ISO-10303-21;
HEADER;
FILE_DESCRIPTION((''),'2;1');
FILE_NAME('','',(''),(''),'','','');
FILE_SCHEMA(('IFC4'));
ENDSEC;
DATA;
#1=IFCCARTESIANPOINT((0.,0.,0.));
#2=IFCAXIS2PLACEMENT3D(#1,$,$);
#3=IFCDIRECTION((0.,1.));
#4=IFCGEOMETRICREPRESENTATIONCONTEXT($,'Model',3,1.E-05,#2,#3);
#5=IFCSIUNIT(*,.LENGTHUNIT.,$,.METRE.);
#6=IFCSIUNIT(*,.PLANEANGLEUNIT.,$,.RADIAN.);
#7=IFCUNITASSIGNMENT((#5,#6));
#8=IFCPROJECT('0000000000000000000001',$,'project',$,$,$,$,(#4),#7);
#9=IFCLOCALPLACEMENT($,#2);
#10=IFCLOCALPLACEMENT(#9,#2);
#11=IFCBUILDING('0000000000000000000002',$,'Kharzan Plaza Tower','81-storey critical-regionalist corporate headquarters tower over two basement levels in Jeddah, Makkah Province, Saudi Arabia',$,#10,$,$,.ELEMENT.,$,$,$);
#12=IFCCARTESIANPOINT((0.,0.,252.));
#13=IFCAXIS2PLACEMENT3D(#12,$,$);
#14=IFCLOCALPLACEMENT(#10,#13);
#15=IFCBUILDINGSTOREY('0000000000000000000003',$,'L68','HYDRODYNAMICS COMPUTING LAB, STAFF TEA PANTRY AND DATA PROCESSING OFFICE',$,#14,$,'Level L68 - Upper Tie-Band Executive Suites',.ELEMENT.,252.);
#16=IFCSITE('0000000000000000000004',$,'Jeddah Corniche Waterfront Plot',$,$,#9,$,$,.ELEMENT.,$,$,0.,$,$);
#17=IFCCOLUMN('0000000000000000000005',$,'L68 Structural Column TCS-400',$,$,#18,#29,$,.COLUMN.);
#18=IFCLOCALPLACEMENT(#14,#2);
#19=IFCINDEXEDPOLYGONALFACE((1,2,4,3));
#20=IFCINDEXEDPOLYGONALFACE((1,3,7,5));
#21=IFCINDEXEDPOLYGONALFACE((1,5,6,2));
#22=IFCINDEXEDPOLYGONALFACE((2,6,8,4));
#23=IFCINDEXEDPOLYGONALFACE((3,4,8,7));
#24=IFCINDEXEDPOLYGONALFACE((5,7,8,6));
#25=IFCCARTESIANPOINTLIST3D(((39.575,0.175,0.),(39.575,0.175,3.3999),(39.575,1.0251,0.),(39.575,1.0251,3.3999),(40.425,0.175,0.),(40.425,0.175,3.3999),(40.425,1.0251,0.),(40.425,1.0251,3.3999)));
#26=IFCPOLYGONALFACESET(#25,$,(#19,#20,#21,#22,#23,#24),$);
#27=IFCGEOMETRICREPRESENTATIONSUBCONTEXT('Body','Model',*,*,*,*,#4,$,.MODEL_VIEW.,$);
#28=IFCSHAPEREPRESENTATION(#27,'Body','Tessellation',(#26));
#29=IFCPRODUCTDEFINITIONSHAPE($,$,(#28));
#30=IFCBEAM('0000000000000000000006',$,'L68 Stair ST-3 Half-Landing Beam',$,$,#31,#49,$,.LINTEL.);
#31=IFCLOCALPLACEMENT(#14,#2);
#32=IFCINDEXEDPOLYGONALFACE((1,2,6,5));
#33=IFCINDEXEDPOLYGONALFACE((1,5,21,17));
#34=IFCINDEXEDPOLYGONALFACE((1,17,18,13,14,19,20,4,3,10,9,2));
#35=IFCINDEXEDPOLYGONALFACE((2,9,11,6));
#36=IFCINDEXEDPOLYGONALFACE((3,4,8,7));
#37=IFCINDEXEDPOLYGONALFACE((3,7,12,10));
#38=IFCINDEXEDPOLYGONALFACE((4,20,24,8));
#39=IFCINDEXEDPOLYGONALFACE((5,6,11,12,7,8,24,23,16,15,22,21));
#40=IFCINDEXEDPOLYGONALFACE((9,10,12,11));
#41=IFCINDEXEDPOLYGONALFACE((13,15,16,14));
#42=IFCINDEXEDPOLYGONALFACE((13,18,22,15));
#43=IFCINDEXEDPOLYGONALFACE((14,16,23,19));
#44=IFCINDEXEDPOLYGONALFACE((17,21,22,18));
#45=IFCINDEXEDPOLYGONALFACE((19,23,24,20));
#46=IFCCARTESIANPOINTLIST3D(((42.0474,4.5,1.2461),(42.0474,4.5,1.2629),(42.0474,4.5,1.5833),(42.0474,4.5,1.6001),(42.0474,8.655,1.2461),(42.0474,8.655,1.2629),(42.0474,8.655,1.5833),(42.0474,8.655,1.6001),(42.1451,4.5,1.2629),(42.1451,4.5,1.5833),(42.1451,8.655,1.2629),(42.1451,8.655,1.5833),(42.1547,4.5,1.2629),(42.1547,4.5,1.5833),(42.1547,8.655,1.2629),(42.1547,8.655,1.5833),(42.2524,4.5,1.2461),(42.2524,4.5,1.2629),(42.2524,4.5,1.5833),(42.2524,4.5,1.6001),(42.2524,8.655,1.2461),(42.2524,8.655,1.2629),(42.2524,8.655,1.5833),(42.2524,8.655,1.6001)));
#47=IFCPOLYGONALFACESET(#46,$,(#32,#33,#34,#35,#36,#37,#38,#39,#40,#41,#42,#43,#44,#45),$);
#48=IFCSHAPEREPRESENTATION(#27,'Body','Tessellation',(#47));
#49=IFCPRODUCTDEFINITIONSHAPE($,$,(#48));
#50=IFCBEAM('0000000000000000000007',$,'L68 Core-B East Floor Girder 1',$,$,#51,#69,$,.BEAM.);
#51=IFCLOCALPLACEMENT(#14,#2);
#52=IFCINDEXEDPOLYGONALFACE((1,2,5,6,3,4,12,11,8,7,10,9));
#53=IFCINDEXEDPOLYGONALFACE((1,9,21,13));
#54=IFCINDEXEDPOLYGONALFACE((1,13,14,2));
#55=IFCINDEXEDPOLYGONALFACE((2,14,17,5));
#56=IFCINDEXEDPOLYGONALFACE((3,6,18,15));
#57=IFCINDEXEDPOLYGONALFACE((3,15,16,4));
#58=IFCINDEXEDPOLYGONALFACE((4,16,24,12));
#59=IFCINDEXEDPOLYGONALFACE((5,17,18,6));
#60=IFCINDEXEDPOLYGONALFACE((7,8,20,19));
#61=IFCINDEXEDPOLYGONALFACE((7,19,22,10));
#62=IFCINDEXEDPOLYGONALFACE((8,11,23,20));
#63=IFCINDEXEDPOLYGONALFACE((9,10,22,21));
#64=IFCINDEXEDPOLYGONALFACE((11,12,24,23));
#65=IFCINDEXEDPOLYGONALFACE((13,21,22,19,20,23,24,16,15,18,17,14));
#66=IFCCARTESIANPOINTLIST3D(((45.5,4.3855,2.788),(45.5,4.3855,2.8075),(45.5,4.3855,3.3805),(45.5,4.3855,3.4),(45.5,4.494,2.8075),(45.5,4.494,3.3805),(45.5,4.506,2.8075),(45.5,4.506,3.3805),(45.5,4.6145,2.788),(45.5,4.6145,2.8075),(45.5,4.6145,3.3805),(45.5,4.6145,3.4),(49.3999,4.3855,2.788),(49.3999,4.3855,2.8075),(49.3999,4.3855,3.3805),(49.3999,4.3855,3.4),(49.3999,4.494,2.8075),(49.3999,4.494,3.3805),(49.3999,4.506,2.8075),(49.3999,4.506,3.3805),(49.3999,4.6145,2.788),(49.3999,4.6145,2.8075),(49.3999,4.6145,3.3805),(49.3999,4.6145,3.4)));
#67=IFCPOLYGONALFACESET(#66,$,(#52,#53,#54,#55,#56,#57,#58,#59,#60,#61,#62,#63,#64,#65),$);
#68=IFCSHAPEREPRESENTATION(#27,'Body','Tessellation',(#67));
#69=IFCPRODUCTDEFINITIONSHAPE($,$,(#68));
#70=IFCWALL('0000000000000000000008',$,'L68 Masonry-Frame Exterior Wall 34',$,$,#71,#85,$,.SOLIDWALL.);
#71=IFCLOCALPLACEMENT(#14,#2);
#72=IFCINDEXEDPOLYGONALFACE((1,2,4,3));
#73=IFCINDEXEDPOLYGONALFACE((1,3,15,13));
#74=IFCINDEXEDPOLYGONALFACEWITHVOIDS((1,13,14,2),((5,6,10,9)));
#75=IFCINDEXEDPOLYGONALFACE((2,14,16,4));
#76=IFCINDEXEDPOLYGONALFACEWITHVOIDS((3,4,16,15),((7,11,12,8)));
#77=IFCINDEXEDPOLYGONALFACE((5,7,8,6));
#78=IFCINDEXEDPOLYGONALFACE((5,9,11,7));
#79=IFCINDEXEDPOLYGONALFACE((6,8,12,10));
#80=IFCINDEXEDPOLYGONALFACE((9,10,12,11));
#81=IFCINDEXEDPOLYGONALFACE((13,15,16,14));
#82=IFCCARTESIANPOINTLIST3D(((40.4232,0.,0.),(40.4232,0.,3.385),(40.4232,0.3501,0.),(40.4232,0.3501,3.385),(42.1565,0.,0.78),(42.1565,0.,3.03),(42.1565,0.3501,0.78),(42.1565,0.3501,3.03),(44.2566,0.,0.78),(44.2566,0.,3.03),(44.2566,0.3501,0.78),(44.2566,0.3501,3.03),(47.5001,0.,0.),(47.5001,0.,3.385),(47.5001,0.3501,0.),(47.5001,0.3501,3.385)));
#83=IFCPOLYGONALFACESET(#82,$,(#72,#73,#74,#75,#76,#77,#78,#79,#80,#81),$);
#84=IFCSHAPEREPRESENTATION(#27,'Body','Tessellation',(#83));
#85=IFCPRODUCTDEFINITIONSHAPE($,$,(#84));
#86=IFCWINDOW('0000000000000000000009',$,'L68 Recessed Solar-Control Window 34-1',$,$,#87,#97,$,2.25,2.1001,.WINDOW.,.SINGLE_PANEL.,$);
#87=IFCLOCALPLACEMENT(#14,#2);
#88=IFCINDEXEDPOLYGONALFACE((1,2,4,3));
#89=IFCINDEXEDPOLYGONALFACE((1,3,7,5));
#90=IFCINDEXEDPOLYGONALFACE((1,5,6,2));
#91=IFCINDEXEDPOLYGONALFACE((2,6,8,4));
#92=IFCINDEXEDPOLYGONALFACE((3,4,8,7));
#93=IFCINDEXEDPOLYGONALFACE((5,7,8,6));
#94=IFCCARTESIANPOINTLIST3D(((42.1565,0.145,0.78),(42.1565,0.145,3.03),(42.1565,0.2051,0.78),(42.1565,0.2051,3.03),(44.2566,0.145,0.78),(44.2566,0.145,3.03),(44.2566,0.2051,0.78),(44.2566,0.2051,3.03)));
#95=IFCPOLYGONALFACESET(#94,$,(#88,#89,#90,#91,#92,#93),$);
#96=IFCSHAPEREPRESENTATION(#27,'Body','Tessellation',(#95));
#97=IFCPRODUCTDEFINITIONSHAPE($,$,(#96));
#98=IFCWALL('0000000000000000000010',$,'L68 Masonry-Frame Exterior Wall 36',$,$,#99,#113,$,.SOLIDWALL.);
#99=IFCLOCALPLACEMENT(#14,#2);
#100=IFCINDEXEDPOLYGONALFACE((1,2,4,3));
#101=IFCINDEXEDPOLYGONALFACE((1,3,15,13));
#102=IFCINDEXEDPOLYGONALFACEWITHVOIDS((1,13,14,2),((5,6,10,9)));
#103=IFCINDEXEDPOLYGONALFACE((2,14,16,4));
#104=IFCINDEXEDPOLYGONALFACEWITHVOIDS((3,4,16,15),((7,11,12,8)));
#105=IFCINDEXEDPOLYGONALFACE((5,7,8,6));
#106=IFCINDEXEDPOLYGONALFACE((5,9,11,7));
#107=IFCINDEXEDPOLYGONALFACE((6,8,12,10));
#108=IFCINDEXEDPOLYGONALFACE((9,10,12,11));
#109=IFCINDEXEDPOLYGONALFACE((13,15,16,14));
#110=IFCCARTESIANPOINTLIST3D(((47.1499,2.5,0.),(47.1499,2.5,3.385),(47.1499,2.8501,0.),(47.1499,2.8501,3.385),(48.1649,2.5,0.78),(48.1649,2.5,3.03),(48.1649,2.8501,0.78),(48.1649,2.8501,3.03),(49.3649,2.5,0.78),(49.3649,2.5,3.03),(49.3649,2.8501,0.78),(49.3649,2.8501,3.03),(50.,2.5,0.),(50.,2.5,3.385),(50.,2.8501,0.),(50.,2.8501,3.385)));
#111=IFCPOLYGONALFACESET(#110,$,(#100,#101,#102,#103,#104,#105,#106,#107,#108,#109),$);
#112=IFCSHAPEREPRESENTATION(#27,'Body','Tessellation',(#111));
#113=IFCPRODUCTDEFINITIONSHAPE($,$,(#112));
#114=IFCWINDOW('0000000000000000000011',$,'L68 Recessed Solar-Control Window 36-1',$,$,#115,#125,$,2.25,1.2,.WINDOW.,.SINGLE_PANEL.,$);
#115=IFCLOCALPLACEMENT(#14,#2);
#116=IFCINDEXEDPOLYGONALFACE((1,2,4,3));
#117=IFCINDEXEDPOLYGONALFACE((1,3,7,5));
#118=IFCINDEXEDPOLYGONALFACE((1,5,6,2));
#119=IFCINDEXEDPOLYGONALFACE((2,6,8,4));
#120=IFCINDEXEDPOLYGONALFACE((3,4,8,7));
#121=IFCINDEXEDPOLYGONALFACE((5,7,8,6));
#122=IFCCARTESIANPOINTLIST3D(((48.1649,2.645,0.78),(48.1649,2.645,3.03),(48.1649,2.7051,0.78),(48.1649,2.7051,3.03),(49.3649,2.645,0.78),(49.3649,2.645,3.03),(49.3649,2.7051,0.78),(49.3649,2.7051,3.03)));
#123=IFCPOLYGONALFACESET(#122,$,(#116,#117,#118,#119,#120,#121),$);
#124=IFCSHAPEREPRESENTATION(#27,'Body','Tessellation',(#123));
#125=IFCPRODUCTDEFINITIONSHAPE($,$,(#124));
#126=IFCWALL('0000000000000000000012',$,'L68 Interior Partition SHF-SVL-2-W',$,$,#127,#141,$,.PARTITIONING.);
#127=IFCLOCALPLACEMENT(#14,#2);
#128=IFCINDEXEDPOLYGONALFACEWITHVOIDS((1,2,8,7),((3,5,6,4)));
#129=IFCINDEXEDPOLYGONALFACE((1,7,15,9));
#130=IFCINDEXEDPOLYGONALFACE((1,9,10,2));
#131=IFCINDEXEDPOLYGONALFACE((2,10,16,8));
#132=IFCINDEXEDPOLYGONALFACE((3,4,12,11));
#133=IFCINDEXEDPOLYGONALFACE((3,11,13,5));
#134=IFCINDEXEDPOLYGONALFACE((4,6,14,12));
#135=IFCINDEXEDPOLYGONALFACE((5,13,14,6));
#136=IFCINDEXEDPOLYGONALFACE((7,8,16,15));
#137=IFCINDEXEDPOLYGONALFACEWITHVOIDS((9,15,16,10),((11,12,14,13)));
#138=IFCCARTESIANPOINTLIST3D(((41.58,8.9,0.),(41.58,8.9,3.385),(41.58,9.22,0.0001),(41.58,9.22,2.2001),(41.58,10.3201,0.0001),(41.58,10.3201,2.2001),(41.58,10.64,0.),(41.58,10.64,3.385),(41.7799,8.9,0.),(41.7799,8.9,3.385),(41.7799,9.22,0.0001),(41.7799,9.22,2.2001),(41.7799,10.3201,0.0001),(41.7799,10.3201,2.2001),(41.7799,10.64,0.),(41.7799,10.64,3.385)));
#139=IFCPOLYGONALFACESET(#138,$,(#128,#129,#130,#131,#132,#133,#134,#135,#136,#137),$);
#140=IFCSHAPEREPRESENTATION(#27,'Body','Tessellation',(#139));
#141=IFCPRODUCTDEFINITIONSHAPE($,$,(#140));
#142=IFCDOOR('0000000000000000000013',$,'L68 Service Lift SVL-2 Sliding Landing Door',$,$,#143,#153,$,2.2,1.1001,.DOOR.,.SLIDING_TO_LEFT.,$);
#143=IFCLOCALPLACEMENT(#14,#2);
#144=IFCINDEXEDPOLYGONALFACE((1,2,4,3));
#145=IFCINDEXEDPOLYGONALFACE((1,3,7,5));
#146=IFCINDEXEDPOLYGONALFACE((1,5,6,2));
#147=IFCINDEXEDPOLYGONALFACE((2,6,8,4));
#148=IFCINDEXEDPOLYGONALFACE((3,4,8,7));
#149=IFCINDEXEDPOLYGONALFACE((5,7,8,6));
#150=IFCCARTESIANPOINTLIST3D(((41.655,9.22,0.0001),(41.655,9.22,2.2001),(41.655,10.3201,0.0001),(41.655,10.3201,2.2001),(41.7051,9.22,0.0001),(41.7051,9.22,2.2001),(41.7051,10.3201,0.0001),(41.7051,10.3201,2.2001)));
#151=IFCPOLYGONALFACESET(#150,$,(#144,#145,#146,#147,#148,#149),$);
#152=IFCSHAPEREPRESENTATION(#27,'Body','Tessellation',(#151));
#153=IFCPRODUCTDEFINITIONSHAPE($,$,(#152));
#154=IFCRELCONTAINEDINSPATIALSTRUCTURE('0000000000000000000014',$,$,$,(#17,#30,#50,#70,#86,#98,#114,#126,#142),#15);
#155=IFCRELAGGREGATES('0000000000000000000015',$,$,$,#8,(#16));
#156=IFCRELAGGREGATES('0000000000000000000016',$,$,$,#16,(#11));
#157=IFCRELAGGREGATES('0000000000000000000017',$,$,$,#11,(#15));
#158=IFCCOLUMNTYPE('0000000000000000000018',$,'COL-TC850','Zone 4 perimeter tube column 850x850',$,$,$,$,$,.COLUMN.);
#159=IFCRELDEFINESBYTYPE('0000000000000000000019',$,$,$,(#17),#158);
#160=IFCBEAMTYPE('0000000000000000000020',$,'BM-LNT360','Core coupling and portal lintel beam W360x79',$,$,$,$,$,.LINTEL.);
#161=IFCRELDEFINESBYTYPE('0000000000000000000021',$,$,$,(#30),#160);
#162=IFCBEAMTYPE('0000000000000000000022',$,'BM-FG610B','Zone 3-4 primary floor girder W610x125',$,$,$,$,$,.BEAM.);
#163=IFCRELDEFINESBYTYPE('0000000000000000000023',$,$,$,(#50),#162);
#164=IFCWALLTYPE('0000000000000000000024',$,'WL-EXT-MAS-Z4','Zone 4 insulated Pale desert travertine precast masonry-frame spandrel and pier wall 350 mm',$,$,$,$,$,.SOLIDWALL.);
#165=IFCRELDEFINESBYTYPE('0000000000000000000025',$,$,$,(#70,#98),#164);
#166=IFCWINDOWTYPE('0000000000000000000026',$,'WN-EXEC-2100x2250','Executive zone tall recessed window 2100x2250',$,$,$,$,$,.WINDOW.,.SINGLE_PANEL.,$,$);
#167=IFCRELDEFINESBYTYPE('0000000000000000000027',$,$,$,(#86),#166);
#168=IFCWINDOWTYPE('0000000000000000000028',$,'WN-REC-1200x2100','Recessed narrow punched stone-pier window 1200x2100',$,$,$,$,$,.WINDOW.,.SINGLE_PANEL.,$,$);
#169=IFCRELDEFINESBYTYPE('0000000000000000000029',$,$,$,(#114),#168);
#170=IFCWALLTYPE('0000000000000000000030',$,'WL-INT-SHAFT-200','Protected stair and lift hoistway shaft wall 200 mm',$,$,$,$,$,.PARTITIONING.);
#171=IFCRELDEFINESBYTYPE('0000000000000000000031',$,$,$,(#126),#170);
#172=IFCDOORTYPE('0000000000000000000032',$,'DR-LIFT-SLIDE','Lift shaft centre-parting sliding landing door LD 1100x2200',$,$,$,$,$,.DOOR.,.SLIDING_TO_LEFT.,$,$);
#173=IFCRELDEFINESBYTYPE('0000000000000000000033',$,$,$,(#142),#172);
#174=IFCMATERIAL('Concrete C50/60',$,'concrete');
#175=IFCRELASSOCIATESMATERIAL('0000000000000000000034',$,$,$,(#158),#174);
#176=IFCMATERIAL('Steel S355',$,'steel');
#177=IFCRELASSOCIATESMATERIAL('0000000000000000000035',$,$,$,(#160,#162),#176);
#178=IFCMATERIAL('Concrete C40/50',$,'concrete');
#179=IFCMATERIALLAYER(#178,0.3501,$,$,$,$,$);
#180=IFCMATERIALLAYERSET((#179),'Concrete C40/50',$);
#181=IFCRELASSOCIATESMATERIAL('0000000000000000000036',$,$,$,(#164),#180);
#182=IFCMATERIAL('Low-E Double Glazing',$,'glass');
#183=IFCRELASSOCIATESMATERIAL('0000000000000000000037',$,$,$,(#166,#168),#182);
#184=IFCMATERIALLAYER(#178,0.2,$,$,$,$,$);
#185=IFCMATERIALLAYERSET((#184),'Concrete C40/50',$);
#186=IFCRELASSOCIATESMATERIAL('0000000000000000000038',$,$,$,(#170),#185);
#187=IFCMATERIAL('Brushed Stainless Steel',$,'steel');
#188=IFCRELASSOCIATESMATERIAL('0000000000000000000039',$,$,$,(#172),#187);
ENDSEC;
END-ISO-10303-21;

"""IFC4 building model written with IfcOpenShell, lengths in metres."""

from ifc_helpers import new_model, si_unit, direction, frame, frame_2d, origin, origin_2d, place, context, subcontext, project, spatial, rectangle, i_section, extrude, source, transform, mapped, material, layer, layer_set, material_profile, profile_set, type_object, element, fill, save


model = new_model("IFC4")

# Units and contexts
model_context = context("Model", 3, precision=1e-05, world=origin(), true_north=direction((0.0, 1.0)))
body_context = subcontext(model_context, "Body", "Model", "MODEL_VIEW")
ifc_project = project(units=[si_unit("LENGTHUNIT", "METRE"), si_unit("PLANEANGLEUNIT", "RADIAN")], contexts=[model_context])

# Site, building, storey
site_placement = place(None, origin())
site = spatial("IfcSite", under=ifc_project, at=site_placement, Name="Jeddah Corniche Waterfront Plot", CompositionType="ELEMENT", RefElevation=0.0)
building_placement = place(site_placement, origin())
building = spatial("IfcBuilding", under=site, at=building_placement, Name="Kharzan Plaza Tower", Description="81-storey critical-regionalist corporate headquarters tower over two basement levels in Jeddah, Makkah Province, Saudi Arabia", CompositionType="ELEMENT")
storey_placement = place(building_placement, frame((0.0, 0.0, 252.0)))
storey = spatial("IfcBuildingStorey", under=building, at=storey_placement, Name="L68", Description="HYDRODYNAMICS COMPUTING LAB, STAFF TEA PANTRY AND DATA PROCESSING OFFICE", LongName="Level L68 - Upper Tie-Band Executive Suites", CompositionType="ELEMENT", Elevation=252.0)

# Column
ifc_material_1 = material(Name="Concrete C50/60", Category="concrete")
ifc_material_profile_1 = material_profile(ifc_material_1, rectangle(XDim=0.8501, YDim=0.8501, at=origin_2d()), Name="RC-TC850x850")
ifc_profile_set_1 = profile_set([ifc_material_profile_1], Name="Concrete C50/60")
column_type = type_object("IfcColumnType", Name="COL-TC850", Description="Zone 4 perimeter tube column 850x850", PredefinedType="COLUMN", material=ifc_profile_set_1)
shared_shape_1 = source(origin(), body_context, "Body", "SweptSolid", [
    extrude(rectangle(XDim=0.8501, YDim=0.8501, at=origin_2d()), origin(), (0.0, 0.0, 1.0), 3.3999),
])
column_placement = place(storey_placement, frame((40.0, 0.6001, 0.0), z_axis=(0.0, 0.0, 1.0), x_axis=(1.0, 0.0, 0.0)))
element("IfcColumn", 1, at=column_placement, inside=storey, type_object=column_type, Name="L68 Structural Column TCS-400", PredefinedType="COLUMN", context=body_context, shape_type="MappedRepresentation", body=[
    mapped(shared_shape_1, transform((0.0, 0.0, 0.0), x_axis=(1.0, 0.0, 0.0), y_axis=(0.0, 1.0, 0.0), z_axis=(0.0, 0.0, 1.0))),
])

# Beams
ifc_material_2 = material(Name="Steel S355", Category="steel")
ifc_material_profile_2 = material_profile(ifc_material_2, i_section(OverallWidth=0.2051, OverallDepth=0.354, WebThickness=0.0095, FlangeThickness=0.0168, at=origin_2d()), Name="W360x79")
ifc_profile_set_2 = profile_set([ifc_material_profile_2], Name="Steel S355")
beam_type_1 = type_object("IfcBeamType", Name="BM-LNT360", Description="Core coupling and portal lintel beam W360x79", PredefinedType="LINTEL", material=ifc_profile_set_2)
shared_shape_2 = source(origin(), body_context, "Body", "SweptSolid", [
    extrude(i_section(OverallWidth=0.2051, OverallDepth=0.354, WebThickness=0.0095, FlangeThickness=0.0168, at=origin_2d()), origin(), (0.0, 0.0, 1.0), 4.155),
])
beam_1_placement = place(storey_placement, frame((42.1499, 4.5, 1.4231), z_axis=(0.0, 1.0, 0.0), x_axis=(-1.0, 0.0, 0.0)))
element("IfcBeam", 2, at=beam_1_placement, inside=storey, type_object=beam_type_1, Name="L68 Stair ST-3 Half-Landing Beam", PredefinedType="LINTEL", context=body_context, shape_type="MappedRepresentation", body=[
    mapped(shared_shape_2, transform((0.0, 0.0, 0.0), x_axis=(1.0, 0.0, 0.0), y_axis=(0.0, 1.0, 0.0), z_axis=(0.0, 0.0, 1.0))),
])
ifc_material_profile_3 = material_profile(ifc_material_2, i_section(OverallWidth=0.229, OverallDepth=0.6121, WebThickness=0.012, FlangeThickness=0.0195, at=origin_2d()), Name="W610x125")
ifc_profile_set_3 = profile_set([ifc_material_profile_3], Name="Steel S355")
beam_type_2 = type_object("IfcBeamType", Name="BM-FG610B", Description="Zone 3-4 primary floor girder W610x125", PredefinedType="BEAM", material=ifc_profile_set_3)
shared_shape_3 = source(origin(), body_context, "Body", "SweptSolid", [
    extrude(i_section(OverallWidth=0.229, OverallDepth=0.6121, WebThickness=0.012, FlangeThickness=0.0195, at=origin_2d()), origin(), (0.0, 0.0, 1.0), 3.8999),
])
beam_2_placement = place(storey_placement, frame((45.5, 4.5, 3.094), z_axis=(1.0, 0.0, 0.0), x_axis=(0.0, 1.0, 0.0)))
element("IfcBeam", 3, at=beam_2_placement, inside=storey, type_object=beam_type_2, Name="L68 Core-B East Floor Girder 1", PredefinedType="BEAM", context=body_context, shape_type="MappedRepresentation", body=[
    mapped(shared_shape_3, transform((0.0, 0.0, 0.0), x_axis=(1.0, 0.0, 0.0), y_axis=(0.0, 1.0, 0.0), z_axis=(0.0, 0.0, 1.0))),
])

# Walls, openings, windows
ifc_material_3 = material(Name="Concrete C40/50", Category="concrete")
ifc_layer_1 = layer(ifc_material_3, 0.3501)
ifc_layer_set_1 = layer_set([ifc_layer_1], Name="Concrete C40/50")
wall_type_1 = type_object("IfcWallType", Name="WL-EXT-MAS-Z4", Description="Zone 4 insulated Pale desert travertine precast masonry-frame spandrel and pier wall 350 mm", PredefinedType="SOLIDWALL", material=ifc_layer_set_1)
wall_1_placement = place(storey_placement, frame((40.4231, 0.175, 0.0), z_axis=(0.0, 0.0, 1.0), x_axis=(1.0, 0.0, 0.0)))
wall_1 = element("IfcWall", 4, at=wall_1_placement, inside=storey, type_object=wall_type_1, Name="L68 Masonry-Frame Exterior Wall 34", PredefinedType="SOLIDWALL", context=body_context, shape_type="SweptSolid", body=[
    extrude(rectangle(XDim=7.0769, YDim=0.3501, at=frame_2d((3.5386, 0.0))), origin(), (0.0, 0.0, 1.0), 3.385),
])
opening_1_placement = place(wall_1_placement, frame((1.7334, 0.0, 0.78)))
opening_1 = element("IfcOpeningElement", 5, at=opening_1_placement, cuts=wall_1, PredefinedType="OPENING", context=body_context, shape_type="SweptSolid", body=[
    extrude(rectangle(XDim=2.1001, YDim=2.25, at=frame_2d((1.05, 1.125))), frame((0.0, 0.1851, 0.0), z_axis=(0.0, -1.0, 0.0), x_axis=(1.0, 0.0, 0.0)), (0.0, 0.0, 1.0), 0.3701),
])
ifc_material_4 = material(Name="Low-E Double Glazing", Category="glass")
window_type_1 = type_object("IfcWindowType", Name="WN-EXEC-2100x2250", Description="Executive zone tall recessed window 2100x2250", PartitioningType="SINGLE_PANEL", PredefinedType="WINDOW", material=ifc_material_4)
shared_shape_4 = source(origin(), body_context, "Body", "SweptSolid", [
    extrude(rectangle(XDim=2.1001, YDim=2.25, at=frame_2d((1.05, 1.125))), frame((0.0, 0.03, 0.0), z_axis=(0.0, -1.0, 0.0), x_axis=(1.0, 0.0, 0.0)), (0.0, 0.0, 1.0), 0.0601),
])
window_1_placement = place(opening_1_placement, origin())
window_1 = element("IfcWindow", 6, at=window_1_placement, inside=storey, type_object=window_type_1, Name="L68 Recessed Solar-Control Window 34-1", OverallHeight=2.25, OverallWidth=2.1001, PartitioningType="SINGLE_PANEL", PredefinedType="WINDOW", context=body_context, shape_type="MappedRepresentation", body=[
    mapped(shared_shape_4, transform((0.0, 0.0, 0.0), x_axis=(1.0, 0.0, 0.0), y_axis=(0.0, 1.0, 0.0), z_axis=(0.0, 0.0, 1.0))),
])
fill(opening_1, window_1)
wall_2_placement = place(storey_placement, frame((47.1499, 2.675, 0.0), z_axis=(0.0, 0.0, 1.0), x_axis=(1.0, 0.0, 0.0)))
wall_2 = element("IfcWall", 7, at=wall_2_placement, inside=storey, type_object=wall_type_1, Name="L68 Masonry-Frame Exterior Wall 36", PredefinedType="SOLIDWALL", context=body_context, shape_type="SweptSolid", body=[
    extrude(rectangle(XDim=2.8501, YDim=0.3501, at=frame_2d((1.425, 0.0))), origin(), (0.0, 0.0, 1.0), 3.385),
])
opening_2_placement = place(wall_2_placement, frame((1.0149, 0.0, 0.78)))
opening_2 = element("IfcOpeningElement", 8, at=opening_2_placement, cuts=wall_2, PredefinedType="OPENING", context=body_context, shape_type="SweptSolid", body=[
    extrude(rectangle(XDim=1.2, YDim=2.25, at=frame_2d((0.6001, 1.125))), frame((0.0, 0.1851, 0.0), z_axis=(0.0, -1.0, 0.0), x_axis=(1.0, 0.0, 0.0)), (0.0, 0.0, 1.0), 0.3701),
])
window_type_2 = type_object("IfcWindowType", Name="WN-REC-1200x2100", Description="Recessed narrow punched stone-pier window 1200x2100", PartitioningType="SINGLE_PANEL", PredefinedType="WINDOW", material=ifc_material_4)
shared_shape_5 = source(origin(), body_context, "Body", "SweptSolid", [
    extrude(rectangle(XDim=1.2, YDim=2.25, at=frame_2d((0.6001, 1.125))), frame((0.0, 0.03, 0.0), z_axis=(0.0, -1.0, 0.0), x_axis=(1.0, 0.0, 0.0)), (0.0, 0.0, 1.0), 0.0601),
])
window_2_placement = place(opening_2_placement, origin())
window_2 = element("IfcWindow", 9, at=window_2_placement, inside=storey, type_object=window_type_2, Name="L68 Recessed Solar-Control Window 36-1", OverallHeight=2.25, OverallWidth=1.2, PartitioningType="SINGLE_PANEL", PredefinedType="WINDOW", context=body_context, shape_type="MappedRepresentation", body=[
    mapped(shared_shape_5, transform((0.0, 0.0, 0.0), x_axis=(1.0, 0.0, 0.0), y_axis=(0.0, 1.0, 0.0), z_axis=(0.0, 0.0, 1.0))),
])
fill(opening_2, window_2)

# Wall, opening, door
ifc_layer_2 = layer(ifc_material_3, 0.2)
ifc_layer_set_2 = layer_set([ifc_layer_2], Name="Concrete C40/50")
wall_type_2 = type_object("IfcWallType", Name="WL-INT-SHAFT-200", Description="Protected stair and lift hoistway shaft wall 200 mm", PredefinedType="PARTITIONING", material=ifc_layer_set_2)
wall_3_placement = place(storey_placement, frame((41.6799, 8.8999, 0.0), z_axis=(0.0, 0.0, 1.0), x_axis=(0.0, 1.0, 0.0)))
wall_3 = element("IfcWall", 10, at=wall_3_placement, inside=storey, type_object=wall_type_2, Name="L68 Interior Partition SHF-SVL-2-W", PredefinedType="PARTITIONING", context=body_context, shape_type="SweptSolid", body=[
    extrude(rectangle(XDim=1.74, YDim=0.2, at=frame_2d((0.8701, 0.0))), origin(), (0.0, 0.0, 1.0), 3.385),
])
opening_3_placement = place(wall_3_placement, frame((0.3201, 0.0, 0.0)))
opening_3 = element("IfcOpeningElement", 11, at=opening_3_placement, cuts=wall_3, PredefinedType="OPENING", context=body_context, shape_type="SweptSolid", body=[
    extrude(rectangle(XDim=1.1001, YDim=2.2, at=frame_2d((0.55, 1.1001))), frame((0.0, 0.1099, 0.0), z_axis=(0.0, -1.0, 0.0), x_axis=(1.0, 0.0, 0.0)), (0.0, 0.0, 1.0), 0.22),
])
ifc_material_5 = material(Name="Brushed Stainless Steel", Category="steel")
door_type_1 = type_object("IfcDoorType", Name="DR-LIFT-SLIDE", Description="Lift shaft centre-parting sliding landing door LD 1100x2200", OperationType="SLIDING_TO_LEFT", PredefinedType="DOOR", material=ifc_material_5)
shared_shape_6 = source(origin(), body_context, "Body", "SweptSolid", [
    extrude(rectangle(XDim=1.1001, YDim=2.2, at=frame_2d((0.55, 1.1001))), frame((0.0, 0.0249, 0.0), z_axis=(0.0, -1.0, 0.0), x_axis=(1.0, 0.0, 0.0)), (0.0, 0.0, 1.0), 0.05),
])
door_1_placement = place(opening_3_placement, origin())
door_1 = element("IfcDoor", 12, at=door_1_placement, inside=storey, type_object=door_type_1, Name="L68 Service Lift SVL-2 Sliding Landing Door", OperationType="SLIDING_TO_LEFT", OverallHeight=2.2, OverallWidth=1.1001, PredefinedType="DOOR", context=body_context, shape_type="MappedRepresentation", body=[
    mapped(shared_shape_6, transform((0.0, 0.0, 0.0), x_axis=(1.0, 0.0, 0.0), y_axis=(0.0, 1.0, 0.0), z_axis=(0.0, 0.0, 1.0))),
])
fill(opening_3, door_1)

save(model, "model.ifc")
